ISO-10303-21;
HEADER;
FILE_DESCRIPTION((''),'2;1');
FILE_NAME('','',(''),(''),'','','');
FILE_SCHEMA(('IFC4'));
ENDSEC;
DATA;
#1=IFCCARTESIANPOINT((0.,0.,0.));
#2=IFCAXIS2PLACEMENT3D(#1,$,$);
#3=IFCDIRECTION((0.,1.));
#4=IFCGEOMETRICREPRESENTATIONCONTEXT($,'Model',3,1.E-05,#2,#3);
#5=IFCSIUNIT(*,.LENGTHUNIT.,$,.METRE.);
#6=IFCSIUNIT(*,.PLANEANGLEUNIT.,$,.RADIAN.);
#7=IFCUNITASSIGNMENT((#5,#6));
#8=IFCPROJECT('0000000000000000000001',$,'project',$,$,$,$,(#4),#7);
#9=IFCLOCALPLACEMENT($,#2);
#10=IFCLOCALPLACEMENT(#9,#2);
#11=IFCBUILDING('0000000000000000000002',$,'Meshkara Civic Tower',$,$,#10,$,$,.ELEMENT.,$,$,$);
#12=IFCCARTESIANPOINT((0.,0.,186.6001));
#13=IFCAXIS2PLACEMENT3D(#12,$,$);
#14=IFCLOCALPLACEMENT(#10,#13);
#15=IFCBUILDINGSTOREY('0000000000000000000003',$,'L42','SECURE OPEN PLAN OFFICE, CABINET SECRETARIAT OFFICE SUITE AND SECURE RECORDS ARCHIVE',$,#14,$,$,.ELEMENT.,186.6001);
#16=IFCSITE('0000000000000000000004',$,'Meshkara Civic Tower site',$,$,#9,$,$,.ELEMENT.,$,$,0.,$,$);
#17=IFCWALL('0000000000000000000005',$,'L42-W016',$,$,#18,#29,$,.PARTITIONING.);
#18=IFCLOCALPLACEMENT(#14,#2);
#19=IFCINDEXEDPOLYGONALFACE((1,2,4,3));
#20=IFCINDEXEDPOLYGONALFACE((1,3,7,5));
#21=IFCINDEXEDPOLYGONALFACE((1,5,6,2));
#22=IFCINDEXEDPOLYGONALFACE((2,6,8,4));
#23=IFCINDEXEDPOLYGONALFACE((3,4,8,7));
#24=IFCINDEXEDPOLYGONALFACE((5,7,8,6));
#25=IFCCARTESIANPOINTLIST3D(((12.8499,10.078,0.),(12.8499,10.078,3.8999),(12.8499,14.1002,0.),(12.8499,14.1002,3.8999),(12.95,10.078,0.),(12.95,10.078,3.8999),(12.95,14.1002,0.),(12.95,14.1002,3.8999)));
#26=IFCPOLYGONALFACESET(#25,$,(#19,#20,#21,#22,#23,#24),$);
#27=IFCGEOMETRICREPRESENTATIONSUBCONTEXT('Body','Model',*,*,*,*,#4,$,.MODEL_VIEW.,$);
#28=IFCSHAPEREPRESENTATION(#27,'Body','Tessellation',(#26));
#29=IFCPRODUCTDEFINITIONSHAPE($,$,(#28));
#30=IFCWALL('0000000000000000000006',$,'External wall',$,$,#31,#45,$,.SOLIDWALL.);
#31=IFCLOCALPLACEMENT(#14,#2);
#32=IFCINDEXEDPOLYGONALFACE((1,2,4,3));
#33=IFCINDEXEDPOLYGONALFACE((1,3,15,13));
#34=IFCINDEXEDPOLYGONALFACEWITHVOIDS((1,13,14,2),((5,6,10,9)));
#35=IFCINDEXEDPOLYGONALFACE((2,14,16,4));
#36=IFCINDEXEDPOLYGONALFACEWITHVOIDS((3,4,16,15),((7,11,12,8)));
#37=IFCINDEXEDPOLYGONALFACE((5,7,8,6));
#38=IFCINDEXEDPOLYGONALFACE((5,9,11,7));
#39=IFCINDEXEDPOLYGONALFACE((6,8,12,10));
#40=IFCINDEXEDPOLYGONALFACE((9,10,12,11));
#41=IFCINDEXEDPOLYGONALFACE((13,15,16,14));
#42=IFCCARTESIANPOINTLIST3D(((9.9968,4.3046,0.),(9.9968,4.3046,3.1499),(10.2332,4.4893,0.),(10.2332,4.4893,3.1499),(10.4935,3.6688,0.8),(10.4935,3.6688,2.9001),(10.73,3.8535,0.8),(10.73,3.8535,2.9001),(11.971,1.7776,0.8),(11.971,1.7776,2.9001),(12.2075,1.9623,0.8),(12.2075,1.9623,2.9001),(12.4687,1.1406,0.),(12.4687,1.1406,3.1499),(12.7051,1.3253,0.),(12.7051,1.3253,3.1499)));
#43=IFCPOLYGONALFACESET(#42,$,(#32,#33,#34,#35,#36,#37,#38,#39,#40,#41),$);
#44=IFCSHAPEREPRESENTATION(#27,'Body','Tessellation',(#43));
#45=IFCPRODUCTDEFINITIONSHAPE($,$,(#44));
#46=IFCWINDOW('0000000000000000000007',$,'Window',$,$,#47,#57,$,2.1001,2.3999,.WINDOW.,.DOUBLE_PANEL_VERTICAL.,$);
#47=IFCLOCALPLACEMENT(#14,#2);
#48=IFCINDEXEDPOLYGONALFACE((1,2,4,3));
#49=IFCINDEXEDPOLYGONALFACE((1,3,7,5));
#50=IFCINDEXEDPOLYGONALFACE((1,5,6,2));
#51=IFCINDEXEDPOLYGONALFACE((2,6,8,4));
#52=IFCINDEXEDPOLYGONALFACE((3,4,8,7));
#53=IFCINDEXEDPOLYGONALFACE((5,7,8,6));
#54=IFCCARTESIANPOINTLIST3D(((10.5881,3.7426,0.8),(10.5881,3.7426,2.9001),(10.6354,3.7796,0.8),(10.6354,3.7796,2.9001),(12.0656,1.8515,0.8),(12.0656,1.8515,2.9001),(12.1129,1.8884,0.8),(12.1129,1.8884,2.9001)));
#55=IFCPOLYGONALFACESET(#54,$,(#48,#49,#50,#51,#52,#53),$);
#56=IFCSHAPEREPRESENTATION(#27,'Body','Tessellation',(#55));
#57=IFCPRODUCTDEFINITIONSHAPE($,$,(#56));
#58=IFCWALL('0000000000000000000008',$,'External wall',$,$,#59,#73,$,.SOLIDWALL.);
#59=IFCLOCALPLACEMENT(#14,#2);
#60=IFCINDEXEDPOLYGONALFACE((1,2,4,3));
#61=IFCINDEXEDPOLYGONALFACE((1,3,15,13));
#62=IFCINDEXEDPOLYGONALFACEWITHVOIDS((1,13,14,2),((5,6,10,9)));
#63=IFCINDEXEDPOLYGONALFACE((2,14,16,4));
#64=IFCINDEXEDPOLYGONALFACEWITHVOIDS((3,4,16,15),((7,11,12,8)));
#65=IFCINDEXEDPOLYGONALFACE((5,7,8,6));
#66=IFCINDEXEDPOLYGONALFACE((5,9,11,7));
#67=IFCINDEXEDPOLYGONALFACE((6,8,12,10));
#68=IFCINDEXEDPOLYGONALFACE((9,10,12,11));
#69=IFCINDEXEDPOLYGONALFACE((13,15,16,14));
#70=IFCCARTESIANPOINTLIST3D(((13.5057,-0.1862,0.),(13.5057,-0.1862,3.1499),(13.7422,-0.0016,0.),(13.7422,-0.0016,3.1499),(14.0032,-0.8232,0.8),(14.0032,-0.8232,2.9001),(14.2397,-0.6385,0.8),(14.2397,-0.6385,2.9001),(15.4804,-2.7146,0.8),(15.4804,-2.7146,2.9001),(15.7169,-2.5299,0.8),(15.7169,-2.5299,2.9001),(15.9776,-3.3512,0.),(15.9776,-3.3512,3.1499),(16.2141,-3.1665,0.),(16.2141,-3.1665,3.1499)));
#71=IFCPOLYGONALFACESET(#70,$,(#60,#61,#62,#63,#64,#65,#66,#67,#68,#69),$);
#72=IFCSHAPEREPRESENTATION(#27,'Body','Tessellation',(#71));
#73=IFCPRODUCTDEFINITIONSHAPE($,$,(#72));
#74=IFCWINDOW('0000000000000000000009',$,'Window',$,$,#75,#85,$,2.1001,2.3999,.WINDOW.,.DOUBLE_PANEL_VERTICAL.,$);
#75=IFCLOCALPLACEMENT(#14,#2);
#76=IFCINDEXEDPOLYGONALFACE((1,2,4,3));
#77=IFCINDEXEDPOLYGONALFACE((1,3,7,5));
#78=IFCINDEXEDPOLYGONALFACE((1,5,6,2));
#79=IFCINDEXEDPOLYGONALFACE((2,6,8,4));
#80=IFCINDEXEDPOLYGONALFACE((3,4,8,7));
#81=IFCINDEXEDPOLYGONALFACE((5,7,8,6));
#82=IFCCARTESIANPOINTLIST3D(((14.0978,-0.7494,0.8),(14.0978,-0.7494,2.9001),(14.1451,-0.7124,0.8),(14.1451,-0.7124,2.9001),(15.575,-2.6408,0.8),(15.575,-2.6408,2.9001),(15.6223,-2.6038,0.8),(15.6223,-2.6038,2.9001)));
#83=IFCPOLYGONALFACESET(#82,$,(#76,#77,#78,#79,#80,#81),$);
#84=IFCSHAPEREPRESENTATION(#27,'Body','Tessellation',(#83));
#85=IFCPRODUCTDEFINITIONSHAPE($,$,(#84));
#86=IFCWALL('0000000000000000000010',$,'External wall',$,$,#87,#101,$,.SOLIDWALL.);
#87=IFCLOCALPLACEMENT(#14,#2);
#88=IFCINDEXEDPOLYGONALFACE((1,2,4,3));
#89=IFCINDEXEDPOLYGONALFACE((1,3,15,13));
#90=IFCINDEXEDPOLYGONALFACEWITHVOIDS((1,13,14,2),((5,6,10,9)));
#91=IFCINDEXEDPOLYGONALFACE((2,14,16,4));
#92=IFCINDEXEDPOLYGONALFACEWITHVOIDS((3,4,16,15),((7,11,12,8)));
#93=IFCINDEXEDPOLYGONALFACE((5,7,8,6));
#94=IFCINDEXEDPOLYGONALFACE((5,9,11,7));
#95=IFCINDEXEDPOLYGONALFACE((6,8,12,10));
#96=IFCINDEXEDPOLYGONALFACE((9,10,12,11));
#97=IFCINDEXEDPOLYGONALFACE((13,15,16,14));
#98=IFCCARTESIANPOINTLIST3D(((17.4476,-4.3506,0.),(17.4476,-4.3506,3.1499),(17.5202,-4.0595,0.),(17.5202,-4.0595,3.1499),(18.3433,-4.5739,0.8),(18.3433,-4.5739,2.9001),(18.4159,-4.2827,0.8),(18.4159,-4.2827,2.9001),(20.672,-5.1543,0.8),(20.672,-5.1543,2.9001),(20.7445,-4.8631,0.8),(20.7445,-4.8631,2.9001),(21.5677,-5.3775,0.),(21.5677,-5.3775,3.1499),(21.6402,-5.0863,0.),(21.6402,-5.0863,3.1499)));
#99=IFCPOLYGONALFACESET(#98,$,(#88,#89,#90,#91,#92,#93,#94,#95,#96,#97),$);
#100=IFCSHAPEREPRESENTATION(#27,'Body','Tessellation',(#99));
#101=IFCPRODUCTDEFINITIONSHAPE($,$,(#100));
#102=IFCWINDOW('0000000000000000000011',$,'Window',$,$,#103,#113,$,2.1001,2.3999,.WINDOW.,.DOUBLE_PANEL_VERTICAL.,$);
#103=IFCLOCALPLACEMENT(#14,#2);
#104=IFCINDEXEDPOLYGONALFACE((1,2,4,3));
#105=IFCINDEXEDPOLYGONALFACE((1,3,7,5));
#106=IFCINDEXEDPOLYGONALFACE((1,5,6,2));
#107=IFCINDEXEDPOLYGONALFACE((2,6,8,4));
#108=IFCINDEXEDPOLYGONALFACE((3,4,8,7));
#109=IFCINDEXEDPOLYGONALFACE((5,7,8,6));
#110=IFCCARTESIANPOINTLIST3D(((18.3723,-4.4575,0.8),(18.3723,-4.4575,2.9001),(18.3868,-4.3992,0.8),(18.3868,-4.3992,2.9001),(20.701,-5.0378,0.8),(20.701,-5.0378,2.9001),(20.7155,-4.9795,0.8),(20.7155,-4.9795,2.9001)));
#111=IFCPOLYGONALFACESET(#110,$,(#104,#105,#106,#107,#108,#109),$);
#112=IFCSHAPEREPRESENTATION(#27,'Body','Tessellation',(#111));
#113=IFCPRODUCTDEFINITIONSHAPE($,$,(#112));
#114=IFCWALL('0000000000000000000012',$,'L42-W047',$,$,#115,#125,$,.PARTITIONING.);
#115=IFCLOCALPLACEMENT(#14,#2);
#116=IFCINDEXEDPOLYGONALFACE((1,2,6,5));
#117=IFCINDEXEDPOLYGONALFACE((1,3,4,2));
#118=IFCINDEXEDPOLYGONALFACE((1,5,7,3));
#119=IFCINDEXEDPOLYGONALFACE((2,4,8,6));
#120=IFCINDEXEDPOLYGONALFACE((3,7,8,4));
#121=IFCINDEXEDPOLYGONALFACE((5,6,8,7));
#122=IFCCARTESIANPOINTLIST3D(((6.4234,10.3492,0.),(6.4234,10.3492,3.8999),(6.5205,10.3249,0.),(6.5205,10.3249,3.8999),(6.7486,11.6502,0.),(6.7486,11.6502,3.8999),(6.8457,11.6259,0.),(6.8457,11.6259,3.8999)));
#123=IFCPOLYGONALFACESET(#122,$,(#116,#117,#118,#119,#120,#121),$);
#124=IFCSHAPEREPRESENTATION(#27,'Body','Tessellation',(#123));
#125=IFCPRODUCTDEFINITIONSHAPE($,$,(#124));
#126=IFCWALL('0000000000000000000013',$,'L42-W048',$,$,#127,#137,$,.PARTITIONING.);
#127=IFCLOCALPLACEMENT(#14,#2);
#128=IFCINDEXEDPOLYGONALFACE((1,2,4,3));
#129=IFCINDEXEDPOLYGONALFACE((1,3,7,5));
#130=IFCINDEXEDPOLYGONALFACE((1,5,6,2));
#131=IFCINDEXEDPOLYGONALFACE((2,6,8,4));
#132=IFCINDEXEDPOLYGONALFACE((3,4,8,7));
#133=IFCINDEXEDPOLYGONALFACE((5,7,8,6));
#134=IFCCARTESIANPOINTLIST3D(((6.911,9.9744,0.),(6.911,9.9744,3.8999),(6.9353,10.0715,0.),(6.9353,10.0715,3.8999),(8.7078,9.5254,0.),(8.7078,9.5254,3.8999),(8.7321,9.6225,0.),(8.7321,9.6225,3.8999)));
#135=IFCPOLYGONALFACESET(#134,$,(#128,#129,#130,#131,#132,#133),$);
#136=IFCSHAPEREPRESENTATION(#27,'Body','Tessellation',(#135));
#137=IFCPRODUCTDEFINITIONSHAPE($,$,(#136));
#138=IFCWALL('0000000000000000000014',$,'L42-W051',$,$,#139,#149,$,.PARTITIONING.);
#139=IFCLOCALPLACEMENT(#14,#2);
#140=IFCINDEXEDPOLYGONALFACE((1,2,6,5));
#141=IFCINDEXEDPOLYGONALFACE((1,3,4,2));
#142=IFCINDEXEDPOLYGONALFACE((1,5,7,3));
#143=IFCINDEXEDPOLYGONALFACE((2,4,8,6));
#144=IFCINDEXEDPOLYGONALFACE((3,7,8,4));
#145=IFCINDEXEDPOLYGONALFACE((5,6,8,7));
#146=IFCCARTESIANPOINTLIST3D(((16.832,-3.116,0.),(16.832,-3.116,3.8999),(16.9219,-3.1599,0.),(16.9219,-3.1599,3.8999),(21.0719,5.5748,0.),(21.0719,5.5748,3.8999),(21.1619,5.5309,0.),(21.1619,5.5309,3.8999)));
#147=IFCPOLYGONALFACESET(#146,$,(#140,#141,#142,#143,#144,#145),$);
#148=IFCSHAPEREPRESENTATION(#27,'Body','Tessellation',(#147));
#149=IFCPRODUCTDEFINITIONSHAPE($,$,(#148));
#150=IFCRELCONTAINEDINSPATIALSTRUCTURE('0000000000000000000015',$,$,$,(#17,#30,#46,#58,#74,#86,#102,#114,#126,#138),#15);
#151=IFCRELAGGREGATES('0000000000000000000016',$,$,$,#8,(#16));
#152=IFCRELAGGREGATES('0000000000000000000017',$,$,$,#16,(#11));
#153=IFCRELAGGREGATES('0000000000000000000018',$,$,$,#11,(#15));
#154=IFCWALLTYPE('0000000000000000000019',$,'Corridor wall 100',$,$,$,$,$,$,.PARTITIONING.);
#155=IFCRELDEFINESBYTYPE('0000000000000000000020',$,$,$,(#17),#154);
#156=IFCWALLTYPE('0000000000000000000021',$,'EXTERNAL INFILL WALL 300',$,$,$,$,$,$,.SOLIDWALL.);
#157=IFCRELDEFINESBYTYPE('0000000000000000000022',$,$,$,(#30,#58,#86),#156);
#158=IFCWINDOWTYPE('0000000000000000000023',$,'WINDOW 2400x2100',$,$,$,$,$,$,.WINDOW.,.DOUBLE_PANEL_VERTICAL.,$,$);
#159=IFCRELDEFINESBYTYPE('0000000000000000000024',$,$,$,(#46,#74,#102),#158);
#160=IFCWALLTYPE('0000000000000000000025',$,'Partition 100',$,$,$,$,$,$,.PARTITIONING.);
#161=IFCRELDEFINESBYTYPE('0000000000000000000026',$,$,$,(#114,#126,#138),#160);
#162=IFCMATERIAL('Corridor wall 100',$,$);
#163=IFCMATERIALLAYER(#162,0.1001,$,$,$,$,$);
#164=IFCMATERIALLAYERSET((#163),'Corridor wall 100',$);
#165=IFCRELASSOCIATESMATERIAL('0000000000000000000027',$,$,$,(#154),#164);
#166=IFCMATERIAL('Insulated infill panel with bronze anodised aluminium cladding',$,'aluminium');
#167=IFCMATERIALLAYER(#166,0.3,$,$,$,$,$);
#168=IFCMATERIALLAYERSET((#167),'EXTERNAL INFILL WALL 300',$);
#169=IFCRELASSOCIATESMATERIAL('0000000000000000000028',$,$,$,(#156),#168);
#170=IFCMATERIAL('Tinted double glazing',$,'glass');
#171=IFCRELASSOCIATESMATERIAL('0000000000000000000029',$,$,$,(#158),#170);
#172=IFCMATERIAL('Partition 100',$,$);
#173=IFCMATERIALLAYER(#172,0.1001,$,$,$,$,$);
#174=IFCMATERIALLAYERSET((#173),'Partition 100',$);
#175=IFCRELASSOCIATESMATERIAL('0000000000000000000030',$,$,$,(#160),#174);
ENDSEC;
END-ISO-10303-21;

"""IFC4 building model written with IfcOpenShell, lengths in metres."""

from ifc_helpers import new_model, si_unit, direction, frame, frame_2d, origin, place, context, subcontext, project, spatial, rectangle, extrude, material, layer, layer_set, type_object, element, fill, save


model = new_model("IFC4")

# Units and contexts
model_context = context("Model", 3, precision=1e-05, world=origin(), true_north=direction((0.0, 1.0)))
body_context = subcontext(model_context, "Body", "Model", "MODEL_VIEW")
ifc_project = project(units=[si_unit("LENGTHUNIT", "METRE"), si_unit("PLANEANGLEUNIT", "RADIAN")], contexts=[model_context])

# Site, building, storey
site_placement = place(None, origin())
site = spatial("IfcSite", under=ifc_project, at=site_placement, Name="Meshkara Civic Tower site", CompositionType="ELEMENT", RefElevation=0.0)
building_placement = place(site_placement, origin())
building = spatial("IfcBuilding", under=site, at=building_placement, Name="Meshkara Civic Tower", CompositionType="ELEMENT")
storey_placement = place(building_placement, frame((0.0, 0.0, 186.6001)))
storey = spatial("IfcBuildingStorey", under=building, at=storey_placement, Name="L42", Description="SECURE OPEN PLAN OFFICE, CABINET SECRETARIAT OFFICE SUITE AND SECURE RECORDS ARCHIVE", CompositionType="ELEMENT", Elevation=186.6001)

# Shared definitions
ifc_material_1 = material(Name="Corridor wall 100")
ifc_layer_1 = layer(ifc_material_1, 0.1001)
ifc_layer_set_1 = layer_set([ifc_layer_1], Name="Corridor wall 100")
wall_type_1 = type_object("IfcWallType", Name="Corridor wall 100", PredefinedType="PARTITIONING", material=ifc_layer_set_1)

# Wall
wall_1_placement = place(storey_placement, frame((12.8999, 10.0779, 0.0), z_axis=(0.0, 0.0, 1.0), x_axis=(0.0, 1.0, 0.0)))
element("IfcWall", 1, at=wall_1_placement, inside=storey, type_object=wall_type_1, Name="L42-W016", PredefinedType="PARTITIONING", context=body_context, shape_type="SweptSolid", body=[
    extrude(rectangle(XDim=4.0222, YDim=0.1001, at=frame_2d((2.0112, 0.0))), origin(), (0.0, 0.0, 1.0), 3.8999),
])

# Walls, openings, windows
ifc_material_2 = material(Name="Insulated infill panel with bronze anodised aluminium cladding", Category="aluminium")
ifc_layer_2 = layer(ifc_material_2, 0.3)
ifc_layer_set_2 = layer_set([ifc_layer_2], Name="EXTERNAL INFILL WALL 300")
wall_type_2 = type_object("IfcWallType", Name="EXTERNAL INFILL WALL 300", PredefinedType="SOLIDWALL", material=ifc_layer_set_2)
wall_2_placement = place(storey_placement, frame((10.115, 4.397, 0.0), z_axis=(0.0, 0.0, 1.0), x_axis=(0.615644, -0.788024, 0.0)))
wall_2 = element("IfcWall", 2, at=wall_2_placement, inside=storey, type_object=wall_type_2, Name="External wall", PredefinedType="SOLIDWALL", context=body_context, shape_type="SweptSolid", body=[
    extrude(rectangle(XDim=4.0151, YDim=0.3, at=frame_2d((2.0076, 0.0))), origin(), (0.0, 0.0, 1.0), 3.1499),
])
opening_1_placement = place(wall_2_placement, frame((0.8069, 0.0, 0.8)))
opening_1 = element("IfcOpeningElement", 3, at=opening_1_placement, cuts=wall_2, PredefinedType="OPENING", context=body_context, shape_type="SweptSolid", body=[
    extrude(rectangle(XDim=2.3999, YDim=2.1001, at=frame_2d((1.2, 1.05))), frame((0.0, 0.1599, 0.0), z_axis=(0.0, -1.0, 0.0), x_axis=(1.0, 0.0, 0.0)), (0.0, 0.0, 1.0), 0.3201),
])
ifc_material_3 = material(Name="Tinted double glazing", Category="glass")
window_type = type_object("IfcWindowType", Name="WINDOW 2400x2100", PartitioningType="DOUBLE_PANEL_VERTICAL", PredefinedType="WINDOW", material=ifc_material_3)
window_1_placement = place(opening_1_placement, origin())
window_1 = element("IfcWindow", 4, at=window_1_placement, inside=storey, type_object=window_type, Name="Window", OverallHeight=2.1001, OverallWidth=2.3999, PartitioningType="DOUBLE_PANEL_VERTICAL", PredefinedType="WINDOW", context=body_context, shape_type="SweptSolid", body=[
    extrude(rectangle(XDim=2.3999, YDim=2.1001, at=frame_2d((1.2, 1.05))), frame((0.0, 0.03, 0.0), z_axis=(0.0, -1.0, 0.0), x_axis=(1.0, 0.0, 0.0)), (0.0, 0.0, 1.0), 0.0601),
])
fill(opening_1, window_1)
wall_3_placement = place(storey_placement, frame((13.624, -0.094, 0.0), z_axis=(0.0, 0.0, 1.0), x_axis=(0.615526, -0.788117, 0.0)))
wall_3 = element("IfcWall", 5, at=wall_3_placement, inside=storey, type_object=wall_type_2, Name="External wall", PredefinedType="SOLIDWALL", context=body_context, shape_type="SweptSolid", body=[
    extrude(rectangle(XDim=4.0159, YDim=0.3, at=frame_2d((2.0078, 0.0))), origin(), (0.0, 0.0, 1.0), 3.1499),
])
opening_2_placement = place(wall_3_placement, frame((0.8081, 0.0, 0.8)))
opening_2 = element("IfcOpeningElement", 6, at=opening_2_placement, cuts=wall_3, PredefinedType="OPENING", context=body_context, shape_type="SweptSolid", body=[
    extrude(rectangle(XDim=2.3999, YDim=2.1001, at=frame_2d((1.2, 1.05))), frame((0.0, 0.1599, 0.0), z_axis=(0.0, -1.0, 0.0), x_axis=(1.0, 0.0, 0.0)), (0.0, 0.0, 1.0), 0.3201),
])
window_2_placement = place(opening_2_placement, origin())
window_2 = element("IfcWindow", 7, at=window_2_placement, inside=storey, type_object=window_type, Name="Window", OverallHeight=2.1001, OverallWidth=2.3999, PartitioningType="DOUBLE_PANEL_VERTICAL", PredefinedType="WINDOW", context=body_context, shape_type="SweptSolid", body=[
    extrude(rectangle(XDim=2.3999, YDim=2.1001, at=frame_2d((1.2, 1.05))), frame((0.0, 0.03, 0.0), z_axis=(0.0, -1.0, 0.0), x_axis=(1.0, 0.0, 0.0)), (0.0, 0.0, 1.0), 0.0601),
])
fill(opening_2, window_2)
wall_4_placement = place(storey_placement, frame((17.4839, -4.2051, 0.0), z_axis=(0.0, 0.0, 1.0), x_axis=(0.970318, -0.241832, 0.0)))
wall_4 = element("IfcWall", 8, at=wall_4_placement, inside=storey, type_object=wall_type_2, Name="External wall", PredefinedType="SOLIDWALL", context=body_context, shape_type="SweptSolid", body=[
    extrude(rectangle(XDim=4.2461, YDim=0.3, at=frame_2d((2.123, 0.0))), origin(), (0.0, 0.0, 1.0), 3.1499),
])
opening_3_placement = place(wall_4_placement, frame((0.9231, 0.0, 0.8)))
opening_3 = element("IfcOpeningElement", 9, at=opening_3_placement, cuts=wall_4, PredefinedType="OPENING", context=body_context, shape_type="SweptSolid", body=[
    extrude(rectangle(XDim=2.3999, YDim=2.1001, at=frame_2d((1.2, 1.05))), frame((0.0, 0.1599, 0.0), z_axis=(0.0, -1.0, 0.0), x_axis=(1.0, 0.0, 0.0)), (0.0, 0.0, 1.0), 0.3201),
])
window_3_placement = place(opening_3_placement, origin())
window_3 = element("IfcWindow", 10, at=window_3_placement, inside=storey, type_object=window_type, Name="Window", OverallHeight=2.1001, OverallWidth=2.3999, PartitioningType="DOUBLE_PANEL_VERTICAL", PredefinedType="WINDOW", context=body_context, shape_type="SweptSolid", body=[
    extrude(rectangle(XDim=2.3999, YDim=2.1001, at=frame_2d((1.2, 1.05))), frame((0.0, 0.03, 0.0), z_axis=(0.0, -1.0, 0.0), x_axis=(1.0, 0.0, 0.0)), (0.0, 0.0, 1.0), 0.0601),
])
fill(opening_3, window_3)

# Walls
ifc_material_4 = material(Name="Partition 100")
ifc_layer_3 = layer(ifc_material_4, 0.1001)
ifc_layer_set_3 = layer_set([ifc_layer_3], Name="Partition 100")
wall_type_3 = type_object("IfcWallType", Name="Partition 100", PredefinedType="PARTITIONING", material=ifc_layer_set_3)
wall_5_placement = place(storey_placement, frame((6.7971, 11.6379, 0.0), z_axis=(0.0, 0.0, 1.0), x_axis=(-0.242493, -0.970153, 0.0)))
element("IfcWall", 11, at=wall_5_placement, inside=storey, type_object=wall_type_3, Name="L42-W047", PredefinedType="PARTITIONING", context=body_context, shape_type="SweptSolid", body=[
    extrude(rectangle(XDim=1.3411, YDim=0.1001, at=frame_2d((0.6704, 0.0))), origin(), (0.0, 0.0, 1.0), 3.8999),
])
wall_6_placement = place(storey_placement, frame((8.72, 9.574, 0.0), z_axis=(0.0, 0.0, 1.0), x_axis=(-0.970174, 0.242412, 0.0)))
element("IfcWall", 12, at=wall_6_placement, inside=storey, type_object=wall_type_3, Name="L42-W048", PredefinedType="PARTITIONING", context=body_context, shape_type="SweptSolid", body=[
    extrude(rectangle(XDim=1.8521, YDim=0.1001, at=frame_2d((0.926, 0.0))), origin(), (0.0, 0.0, 1.0), 3.8999),
])
wall_7_placement = place(storey_placement, frame((16.877, -3.1379, 0.0), z_axis=(0.0, 0.0, 1.0), x_axis=(0.438467, 0.898747, 0.0)))
element("IfcWall", 13, at=wall_7_placement, inside=storey, type_object=wall_type_3, Name="L42-W051", PredefinedType="PARTITIONING", context=body_context, shape_type="SweptSolid", body=[
    extrude(rectangle(XDim=9.6699, YDim=0.1001, at=frame_2d((4.835, 0.0))), origin(), (0.0, 0.0, 1.0), 3.8999),
])

save(model, "model.ifc")
